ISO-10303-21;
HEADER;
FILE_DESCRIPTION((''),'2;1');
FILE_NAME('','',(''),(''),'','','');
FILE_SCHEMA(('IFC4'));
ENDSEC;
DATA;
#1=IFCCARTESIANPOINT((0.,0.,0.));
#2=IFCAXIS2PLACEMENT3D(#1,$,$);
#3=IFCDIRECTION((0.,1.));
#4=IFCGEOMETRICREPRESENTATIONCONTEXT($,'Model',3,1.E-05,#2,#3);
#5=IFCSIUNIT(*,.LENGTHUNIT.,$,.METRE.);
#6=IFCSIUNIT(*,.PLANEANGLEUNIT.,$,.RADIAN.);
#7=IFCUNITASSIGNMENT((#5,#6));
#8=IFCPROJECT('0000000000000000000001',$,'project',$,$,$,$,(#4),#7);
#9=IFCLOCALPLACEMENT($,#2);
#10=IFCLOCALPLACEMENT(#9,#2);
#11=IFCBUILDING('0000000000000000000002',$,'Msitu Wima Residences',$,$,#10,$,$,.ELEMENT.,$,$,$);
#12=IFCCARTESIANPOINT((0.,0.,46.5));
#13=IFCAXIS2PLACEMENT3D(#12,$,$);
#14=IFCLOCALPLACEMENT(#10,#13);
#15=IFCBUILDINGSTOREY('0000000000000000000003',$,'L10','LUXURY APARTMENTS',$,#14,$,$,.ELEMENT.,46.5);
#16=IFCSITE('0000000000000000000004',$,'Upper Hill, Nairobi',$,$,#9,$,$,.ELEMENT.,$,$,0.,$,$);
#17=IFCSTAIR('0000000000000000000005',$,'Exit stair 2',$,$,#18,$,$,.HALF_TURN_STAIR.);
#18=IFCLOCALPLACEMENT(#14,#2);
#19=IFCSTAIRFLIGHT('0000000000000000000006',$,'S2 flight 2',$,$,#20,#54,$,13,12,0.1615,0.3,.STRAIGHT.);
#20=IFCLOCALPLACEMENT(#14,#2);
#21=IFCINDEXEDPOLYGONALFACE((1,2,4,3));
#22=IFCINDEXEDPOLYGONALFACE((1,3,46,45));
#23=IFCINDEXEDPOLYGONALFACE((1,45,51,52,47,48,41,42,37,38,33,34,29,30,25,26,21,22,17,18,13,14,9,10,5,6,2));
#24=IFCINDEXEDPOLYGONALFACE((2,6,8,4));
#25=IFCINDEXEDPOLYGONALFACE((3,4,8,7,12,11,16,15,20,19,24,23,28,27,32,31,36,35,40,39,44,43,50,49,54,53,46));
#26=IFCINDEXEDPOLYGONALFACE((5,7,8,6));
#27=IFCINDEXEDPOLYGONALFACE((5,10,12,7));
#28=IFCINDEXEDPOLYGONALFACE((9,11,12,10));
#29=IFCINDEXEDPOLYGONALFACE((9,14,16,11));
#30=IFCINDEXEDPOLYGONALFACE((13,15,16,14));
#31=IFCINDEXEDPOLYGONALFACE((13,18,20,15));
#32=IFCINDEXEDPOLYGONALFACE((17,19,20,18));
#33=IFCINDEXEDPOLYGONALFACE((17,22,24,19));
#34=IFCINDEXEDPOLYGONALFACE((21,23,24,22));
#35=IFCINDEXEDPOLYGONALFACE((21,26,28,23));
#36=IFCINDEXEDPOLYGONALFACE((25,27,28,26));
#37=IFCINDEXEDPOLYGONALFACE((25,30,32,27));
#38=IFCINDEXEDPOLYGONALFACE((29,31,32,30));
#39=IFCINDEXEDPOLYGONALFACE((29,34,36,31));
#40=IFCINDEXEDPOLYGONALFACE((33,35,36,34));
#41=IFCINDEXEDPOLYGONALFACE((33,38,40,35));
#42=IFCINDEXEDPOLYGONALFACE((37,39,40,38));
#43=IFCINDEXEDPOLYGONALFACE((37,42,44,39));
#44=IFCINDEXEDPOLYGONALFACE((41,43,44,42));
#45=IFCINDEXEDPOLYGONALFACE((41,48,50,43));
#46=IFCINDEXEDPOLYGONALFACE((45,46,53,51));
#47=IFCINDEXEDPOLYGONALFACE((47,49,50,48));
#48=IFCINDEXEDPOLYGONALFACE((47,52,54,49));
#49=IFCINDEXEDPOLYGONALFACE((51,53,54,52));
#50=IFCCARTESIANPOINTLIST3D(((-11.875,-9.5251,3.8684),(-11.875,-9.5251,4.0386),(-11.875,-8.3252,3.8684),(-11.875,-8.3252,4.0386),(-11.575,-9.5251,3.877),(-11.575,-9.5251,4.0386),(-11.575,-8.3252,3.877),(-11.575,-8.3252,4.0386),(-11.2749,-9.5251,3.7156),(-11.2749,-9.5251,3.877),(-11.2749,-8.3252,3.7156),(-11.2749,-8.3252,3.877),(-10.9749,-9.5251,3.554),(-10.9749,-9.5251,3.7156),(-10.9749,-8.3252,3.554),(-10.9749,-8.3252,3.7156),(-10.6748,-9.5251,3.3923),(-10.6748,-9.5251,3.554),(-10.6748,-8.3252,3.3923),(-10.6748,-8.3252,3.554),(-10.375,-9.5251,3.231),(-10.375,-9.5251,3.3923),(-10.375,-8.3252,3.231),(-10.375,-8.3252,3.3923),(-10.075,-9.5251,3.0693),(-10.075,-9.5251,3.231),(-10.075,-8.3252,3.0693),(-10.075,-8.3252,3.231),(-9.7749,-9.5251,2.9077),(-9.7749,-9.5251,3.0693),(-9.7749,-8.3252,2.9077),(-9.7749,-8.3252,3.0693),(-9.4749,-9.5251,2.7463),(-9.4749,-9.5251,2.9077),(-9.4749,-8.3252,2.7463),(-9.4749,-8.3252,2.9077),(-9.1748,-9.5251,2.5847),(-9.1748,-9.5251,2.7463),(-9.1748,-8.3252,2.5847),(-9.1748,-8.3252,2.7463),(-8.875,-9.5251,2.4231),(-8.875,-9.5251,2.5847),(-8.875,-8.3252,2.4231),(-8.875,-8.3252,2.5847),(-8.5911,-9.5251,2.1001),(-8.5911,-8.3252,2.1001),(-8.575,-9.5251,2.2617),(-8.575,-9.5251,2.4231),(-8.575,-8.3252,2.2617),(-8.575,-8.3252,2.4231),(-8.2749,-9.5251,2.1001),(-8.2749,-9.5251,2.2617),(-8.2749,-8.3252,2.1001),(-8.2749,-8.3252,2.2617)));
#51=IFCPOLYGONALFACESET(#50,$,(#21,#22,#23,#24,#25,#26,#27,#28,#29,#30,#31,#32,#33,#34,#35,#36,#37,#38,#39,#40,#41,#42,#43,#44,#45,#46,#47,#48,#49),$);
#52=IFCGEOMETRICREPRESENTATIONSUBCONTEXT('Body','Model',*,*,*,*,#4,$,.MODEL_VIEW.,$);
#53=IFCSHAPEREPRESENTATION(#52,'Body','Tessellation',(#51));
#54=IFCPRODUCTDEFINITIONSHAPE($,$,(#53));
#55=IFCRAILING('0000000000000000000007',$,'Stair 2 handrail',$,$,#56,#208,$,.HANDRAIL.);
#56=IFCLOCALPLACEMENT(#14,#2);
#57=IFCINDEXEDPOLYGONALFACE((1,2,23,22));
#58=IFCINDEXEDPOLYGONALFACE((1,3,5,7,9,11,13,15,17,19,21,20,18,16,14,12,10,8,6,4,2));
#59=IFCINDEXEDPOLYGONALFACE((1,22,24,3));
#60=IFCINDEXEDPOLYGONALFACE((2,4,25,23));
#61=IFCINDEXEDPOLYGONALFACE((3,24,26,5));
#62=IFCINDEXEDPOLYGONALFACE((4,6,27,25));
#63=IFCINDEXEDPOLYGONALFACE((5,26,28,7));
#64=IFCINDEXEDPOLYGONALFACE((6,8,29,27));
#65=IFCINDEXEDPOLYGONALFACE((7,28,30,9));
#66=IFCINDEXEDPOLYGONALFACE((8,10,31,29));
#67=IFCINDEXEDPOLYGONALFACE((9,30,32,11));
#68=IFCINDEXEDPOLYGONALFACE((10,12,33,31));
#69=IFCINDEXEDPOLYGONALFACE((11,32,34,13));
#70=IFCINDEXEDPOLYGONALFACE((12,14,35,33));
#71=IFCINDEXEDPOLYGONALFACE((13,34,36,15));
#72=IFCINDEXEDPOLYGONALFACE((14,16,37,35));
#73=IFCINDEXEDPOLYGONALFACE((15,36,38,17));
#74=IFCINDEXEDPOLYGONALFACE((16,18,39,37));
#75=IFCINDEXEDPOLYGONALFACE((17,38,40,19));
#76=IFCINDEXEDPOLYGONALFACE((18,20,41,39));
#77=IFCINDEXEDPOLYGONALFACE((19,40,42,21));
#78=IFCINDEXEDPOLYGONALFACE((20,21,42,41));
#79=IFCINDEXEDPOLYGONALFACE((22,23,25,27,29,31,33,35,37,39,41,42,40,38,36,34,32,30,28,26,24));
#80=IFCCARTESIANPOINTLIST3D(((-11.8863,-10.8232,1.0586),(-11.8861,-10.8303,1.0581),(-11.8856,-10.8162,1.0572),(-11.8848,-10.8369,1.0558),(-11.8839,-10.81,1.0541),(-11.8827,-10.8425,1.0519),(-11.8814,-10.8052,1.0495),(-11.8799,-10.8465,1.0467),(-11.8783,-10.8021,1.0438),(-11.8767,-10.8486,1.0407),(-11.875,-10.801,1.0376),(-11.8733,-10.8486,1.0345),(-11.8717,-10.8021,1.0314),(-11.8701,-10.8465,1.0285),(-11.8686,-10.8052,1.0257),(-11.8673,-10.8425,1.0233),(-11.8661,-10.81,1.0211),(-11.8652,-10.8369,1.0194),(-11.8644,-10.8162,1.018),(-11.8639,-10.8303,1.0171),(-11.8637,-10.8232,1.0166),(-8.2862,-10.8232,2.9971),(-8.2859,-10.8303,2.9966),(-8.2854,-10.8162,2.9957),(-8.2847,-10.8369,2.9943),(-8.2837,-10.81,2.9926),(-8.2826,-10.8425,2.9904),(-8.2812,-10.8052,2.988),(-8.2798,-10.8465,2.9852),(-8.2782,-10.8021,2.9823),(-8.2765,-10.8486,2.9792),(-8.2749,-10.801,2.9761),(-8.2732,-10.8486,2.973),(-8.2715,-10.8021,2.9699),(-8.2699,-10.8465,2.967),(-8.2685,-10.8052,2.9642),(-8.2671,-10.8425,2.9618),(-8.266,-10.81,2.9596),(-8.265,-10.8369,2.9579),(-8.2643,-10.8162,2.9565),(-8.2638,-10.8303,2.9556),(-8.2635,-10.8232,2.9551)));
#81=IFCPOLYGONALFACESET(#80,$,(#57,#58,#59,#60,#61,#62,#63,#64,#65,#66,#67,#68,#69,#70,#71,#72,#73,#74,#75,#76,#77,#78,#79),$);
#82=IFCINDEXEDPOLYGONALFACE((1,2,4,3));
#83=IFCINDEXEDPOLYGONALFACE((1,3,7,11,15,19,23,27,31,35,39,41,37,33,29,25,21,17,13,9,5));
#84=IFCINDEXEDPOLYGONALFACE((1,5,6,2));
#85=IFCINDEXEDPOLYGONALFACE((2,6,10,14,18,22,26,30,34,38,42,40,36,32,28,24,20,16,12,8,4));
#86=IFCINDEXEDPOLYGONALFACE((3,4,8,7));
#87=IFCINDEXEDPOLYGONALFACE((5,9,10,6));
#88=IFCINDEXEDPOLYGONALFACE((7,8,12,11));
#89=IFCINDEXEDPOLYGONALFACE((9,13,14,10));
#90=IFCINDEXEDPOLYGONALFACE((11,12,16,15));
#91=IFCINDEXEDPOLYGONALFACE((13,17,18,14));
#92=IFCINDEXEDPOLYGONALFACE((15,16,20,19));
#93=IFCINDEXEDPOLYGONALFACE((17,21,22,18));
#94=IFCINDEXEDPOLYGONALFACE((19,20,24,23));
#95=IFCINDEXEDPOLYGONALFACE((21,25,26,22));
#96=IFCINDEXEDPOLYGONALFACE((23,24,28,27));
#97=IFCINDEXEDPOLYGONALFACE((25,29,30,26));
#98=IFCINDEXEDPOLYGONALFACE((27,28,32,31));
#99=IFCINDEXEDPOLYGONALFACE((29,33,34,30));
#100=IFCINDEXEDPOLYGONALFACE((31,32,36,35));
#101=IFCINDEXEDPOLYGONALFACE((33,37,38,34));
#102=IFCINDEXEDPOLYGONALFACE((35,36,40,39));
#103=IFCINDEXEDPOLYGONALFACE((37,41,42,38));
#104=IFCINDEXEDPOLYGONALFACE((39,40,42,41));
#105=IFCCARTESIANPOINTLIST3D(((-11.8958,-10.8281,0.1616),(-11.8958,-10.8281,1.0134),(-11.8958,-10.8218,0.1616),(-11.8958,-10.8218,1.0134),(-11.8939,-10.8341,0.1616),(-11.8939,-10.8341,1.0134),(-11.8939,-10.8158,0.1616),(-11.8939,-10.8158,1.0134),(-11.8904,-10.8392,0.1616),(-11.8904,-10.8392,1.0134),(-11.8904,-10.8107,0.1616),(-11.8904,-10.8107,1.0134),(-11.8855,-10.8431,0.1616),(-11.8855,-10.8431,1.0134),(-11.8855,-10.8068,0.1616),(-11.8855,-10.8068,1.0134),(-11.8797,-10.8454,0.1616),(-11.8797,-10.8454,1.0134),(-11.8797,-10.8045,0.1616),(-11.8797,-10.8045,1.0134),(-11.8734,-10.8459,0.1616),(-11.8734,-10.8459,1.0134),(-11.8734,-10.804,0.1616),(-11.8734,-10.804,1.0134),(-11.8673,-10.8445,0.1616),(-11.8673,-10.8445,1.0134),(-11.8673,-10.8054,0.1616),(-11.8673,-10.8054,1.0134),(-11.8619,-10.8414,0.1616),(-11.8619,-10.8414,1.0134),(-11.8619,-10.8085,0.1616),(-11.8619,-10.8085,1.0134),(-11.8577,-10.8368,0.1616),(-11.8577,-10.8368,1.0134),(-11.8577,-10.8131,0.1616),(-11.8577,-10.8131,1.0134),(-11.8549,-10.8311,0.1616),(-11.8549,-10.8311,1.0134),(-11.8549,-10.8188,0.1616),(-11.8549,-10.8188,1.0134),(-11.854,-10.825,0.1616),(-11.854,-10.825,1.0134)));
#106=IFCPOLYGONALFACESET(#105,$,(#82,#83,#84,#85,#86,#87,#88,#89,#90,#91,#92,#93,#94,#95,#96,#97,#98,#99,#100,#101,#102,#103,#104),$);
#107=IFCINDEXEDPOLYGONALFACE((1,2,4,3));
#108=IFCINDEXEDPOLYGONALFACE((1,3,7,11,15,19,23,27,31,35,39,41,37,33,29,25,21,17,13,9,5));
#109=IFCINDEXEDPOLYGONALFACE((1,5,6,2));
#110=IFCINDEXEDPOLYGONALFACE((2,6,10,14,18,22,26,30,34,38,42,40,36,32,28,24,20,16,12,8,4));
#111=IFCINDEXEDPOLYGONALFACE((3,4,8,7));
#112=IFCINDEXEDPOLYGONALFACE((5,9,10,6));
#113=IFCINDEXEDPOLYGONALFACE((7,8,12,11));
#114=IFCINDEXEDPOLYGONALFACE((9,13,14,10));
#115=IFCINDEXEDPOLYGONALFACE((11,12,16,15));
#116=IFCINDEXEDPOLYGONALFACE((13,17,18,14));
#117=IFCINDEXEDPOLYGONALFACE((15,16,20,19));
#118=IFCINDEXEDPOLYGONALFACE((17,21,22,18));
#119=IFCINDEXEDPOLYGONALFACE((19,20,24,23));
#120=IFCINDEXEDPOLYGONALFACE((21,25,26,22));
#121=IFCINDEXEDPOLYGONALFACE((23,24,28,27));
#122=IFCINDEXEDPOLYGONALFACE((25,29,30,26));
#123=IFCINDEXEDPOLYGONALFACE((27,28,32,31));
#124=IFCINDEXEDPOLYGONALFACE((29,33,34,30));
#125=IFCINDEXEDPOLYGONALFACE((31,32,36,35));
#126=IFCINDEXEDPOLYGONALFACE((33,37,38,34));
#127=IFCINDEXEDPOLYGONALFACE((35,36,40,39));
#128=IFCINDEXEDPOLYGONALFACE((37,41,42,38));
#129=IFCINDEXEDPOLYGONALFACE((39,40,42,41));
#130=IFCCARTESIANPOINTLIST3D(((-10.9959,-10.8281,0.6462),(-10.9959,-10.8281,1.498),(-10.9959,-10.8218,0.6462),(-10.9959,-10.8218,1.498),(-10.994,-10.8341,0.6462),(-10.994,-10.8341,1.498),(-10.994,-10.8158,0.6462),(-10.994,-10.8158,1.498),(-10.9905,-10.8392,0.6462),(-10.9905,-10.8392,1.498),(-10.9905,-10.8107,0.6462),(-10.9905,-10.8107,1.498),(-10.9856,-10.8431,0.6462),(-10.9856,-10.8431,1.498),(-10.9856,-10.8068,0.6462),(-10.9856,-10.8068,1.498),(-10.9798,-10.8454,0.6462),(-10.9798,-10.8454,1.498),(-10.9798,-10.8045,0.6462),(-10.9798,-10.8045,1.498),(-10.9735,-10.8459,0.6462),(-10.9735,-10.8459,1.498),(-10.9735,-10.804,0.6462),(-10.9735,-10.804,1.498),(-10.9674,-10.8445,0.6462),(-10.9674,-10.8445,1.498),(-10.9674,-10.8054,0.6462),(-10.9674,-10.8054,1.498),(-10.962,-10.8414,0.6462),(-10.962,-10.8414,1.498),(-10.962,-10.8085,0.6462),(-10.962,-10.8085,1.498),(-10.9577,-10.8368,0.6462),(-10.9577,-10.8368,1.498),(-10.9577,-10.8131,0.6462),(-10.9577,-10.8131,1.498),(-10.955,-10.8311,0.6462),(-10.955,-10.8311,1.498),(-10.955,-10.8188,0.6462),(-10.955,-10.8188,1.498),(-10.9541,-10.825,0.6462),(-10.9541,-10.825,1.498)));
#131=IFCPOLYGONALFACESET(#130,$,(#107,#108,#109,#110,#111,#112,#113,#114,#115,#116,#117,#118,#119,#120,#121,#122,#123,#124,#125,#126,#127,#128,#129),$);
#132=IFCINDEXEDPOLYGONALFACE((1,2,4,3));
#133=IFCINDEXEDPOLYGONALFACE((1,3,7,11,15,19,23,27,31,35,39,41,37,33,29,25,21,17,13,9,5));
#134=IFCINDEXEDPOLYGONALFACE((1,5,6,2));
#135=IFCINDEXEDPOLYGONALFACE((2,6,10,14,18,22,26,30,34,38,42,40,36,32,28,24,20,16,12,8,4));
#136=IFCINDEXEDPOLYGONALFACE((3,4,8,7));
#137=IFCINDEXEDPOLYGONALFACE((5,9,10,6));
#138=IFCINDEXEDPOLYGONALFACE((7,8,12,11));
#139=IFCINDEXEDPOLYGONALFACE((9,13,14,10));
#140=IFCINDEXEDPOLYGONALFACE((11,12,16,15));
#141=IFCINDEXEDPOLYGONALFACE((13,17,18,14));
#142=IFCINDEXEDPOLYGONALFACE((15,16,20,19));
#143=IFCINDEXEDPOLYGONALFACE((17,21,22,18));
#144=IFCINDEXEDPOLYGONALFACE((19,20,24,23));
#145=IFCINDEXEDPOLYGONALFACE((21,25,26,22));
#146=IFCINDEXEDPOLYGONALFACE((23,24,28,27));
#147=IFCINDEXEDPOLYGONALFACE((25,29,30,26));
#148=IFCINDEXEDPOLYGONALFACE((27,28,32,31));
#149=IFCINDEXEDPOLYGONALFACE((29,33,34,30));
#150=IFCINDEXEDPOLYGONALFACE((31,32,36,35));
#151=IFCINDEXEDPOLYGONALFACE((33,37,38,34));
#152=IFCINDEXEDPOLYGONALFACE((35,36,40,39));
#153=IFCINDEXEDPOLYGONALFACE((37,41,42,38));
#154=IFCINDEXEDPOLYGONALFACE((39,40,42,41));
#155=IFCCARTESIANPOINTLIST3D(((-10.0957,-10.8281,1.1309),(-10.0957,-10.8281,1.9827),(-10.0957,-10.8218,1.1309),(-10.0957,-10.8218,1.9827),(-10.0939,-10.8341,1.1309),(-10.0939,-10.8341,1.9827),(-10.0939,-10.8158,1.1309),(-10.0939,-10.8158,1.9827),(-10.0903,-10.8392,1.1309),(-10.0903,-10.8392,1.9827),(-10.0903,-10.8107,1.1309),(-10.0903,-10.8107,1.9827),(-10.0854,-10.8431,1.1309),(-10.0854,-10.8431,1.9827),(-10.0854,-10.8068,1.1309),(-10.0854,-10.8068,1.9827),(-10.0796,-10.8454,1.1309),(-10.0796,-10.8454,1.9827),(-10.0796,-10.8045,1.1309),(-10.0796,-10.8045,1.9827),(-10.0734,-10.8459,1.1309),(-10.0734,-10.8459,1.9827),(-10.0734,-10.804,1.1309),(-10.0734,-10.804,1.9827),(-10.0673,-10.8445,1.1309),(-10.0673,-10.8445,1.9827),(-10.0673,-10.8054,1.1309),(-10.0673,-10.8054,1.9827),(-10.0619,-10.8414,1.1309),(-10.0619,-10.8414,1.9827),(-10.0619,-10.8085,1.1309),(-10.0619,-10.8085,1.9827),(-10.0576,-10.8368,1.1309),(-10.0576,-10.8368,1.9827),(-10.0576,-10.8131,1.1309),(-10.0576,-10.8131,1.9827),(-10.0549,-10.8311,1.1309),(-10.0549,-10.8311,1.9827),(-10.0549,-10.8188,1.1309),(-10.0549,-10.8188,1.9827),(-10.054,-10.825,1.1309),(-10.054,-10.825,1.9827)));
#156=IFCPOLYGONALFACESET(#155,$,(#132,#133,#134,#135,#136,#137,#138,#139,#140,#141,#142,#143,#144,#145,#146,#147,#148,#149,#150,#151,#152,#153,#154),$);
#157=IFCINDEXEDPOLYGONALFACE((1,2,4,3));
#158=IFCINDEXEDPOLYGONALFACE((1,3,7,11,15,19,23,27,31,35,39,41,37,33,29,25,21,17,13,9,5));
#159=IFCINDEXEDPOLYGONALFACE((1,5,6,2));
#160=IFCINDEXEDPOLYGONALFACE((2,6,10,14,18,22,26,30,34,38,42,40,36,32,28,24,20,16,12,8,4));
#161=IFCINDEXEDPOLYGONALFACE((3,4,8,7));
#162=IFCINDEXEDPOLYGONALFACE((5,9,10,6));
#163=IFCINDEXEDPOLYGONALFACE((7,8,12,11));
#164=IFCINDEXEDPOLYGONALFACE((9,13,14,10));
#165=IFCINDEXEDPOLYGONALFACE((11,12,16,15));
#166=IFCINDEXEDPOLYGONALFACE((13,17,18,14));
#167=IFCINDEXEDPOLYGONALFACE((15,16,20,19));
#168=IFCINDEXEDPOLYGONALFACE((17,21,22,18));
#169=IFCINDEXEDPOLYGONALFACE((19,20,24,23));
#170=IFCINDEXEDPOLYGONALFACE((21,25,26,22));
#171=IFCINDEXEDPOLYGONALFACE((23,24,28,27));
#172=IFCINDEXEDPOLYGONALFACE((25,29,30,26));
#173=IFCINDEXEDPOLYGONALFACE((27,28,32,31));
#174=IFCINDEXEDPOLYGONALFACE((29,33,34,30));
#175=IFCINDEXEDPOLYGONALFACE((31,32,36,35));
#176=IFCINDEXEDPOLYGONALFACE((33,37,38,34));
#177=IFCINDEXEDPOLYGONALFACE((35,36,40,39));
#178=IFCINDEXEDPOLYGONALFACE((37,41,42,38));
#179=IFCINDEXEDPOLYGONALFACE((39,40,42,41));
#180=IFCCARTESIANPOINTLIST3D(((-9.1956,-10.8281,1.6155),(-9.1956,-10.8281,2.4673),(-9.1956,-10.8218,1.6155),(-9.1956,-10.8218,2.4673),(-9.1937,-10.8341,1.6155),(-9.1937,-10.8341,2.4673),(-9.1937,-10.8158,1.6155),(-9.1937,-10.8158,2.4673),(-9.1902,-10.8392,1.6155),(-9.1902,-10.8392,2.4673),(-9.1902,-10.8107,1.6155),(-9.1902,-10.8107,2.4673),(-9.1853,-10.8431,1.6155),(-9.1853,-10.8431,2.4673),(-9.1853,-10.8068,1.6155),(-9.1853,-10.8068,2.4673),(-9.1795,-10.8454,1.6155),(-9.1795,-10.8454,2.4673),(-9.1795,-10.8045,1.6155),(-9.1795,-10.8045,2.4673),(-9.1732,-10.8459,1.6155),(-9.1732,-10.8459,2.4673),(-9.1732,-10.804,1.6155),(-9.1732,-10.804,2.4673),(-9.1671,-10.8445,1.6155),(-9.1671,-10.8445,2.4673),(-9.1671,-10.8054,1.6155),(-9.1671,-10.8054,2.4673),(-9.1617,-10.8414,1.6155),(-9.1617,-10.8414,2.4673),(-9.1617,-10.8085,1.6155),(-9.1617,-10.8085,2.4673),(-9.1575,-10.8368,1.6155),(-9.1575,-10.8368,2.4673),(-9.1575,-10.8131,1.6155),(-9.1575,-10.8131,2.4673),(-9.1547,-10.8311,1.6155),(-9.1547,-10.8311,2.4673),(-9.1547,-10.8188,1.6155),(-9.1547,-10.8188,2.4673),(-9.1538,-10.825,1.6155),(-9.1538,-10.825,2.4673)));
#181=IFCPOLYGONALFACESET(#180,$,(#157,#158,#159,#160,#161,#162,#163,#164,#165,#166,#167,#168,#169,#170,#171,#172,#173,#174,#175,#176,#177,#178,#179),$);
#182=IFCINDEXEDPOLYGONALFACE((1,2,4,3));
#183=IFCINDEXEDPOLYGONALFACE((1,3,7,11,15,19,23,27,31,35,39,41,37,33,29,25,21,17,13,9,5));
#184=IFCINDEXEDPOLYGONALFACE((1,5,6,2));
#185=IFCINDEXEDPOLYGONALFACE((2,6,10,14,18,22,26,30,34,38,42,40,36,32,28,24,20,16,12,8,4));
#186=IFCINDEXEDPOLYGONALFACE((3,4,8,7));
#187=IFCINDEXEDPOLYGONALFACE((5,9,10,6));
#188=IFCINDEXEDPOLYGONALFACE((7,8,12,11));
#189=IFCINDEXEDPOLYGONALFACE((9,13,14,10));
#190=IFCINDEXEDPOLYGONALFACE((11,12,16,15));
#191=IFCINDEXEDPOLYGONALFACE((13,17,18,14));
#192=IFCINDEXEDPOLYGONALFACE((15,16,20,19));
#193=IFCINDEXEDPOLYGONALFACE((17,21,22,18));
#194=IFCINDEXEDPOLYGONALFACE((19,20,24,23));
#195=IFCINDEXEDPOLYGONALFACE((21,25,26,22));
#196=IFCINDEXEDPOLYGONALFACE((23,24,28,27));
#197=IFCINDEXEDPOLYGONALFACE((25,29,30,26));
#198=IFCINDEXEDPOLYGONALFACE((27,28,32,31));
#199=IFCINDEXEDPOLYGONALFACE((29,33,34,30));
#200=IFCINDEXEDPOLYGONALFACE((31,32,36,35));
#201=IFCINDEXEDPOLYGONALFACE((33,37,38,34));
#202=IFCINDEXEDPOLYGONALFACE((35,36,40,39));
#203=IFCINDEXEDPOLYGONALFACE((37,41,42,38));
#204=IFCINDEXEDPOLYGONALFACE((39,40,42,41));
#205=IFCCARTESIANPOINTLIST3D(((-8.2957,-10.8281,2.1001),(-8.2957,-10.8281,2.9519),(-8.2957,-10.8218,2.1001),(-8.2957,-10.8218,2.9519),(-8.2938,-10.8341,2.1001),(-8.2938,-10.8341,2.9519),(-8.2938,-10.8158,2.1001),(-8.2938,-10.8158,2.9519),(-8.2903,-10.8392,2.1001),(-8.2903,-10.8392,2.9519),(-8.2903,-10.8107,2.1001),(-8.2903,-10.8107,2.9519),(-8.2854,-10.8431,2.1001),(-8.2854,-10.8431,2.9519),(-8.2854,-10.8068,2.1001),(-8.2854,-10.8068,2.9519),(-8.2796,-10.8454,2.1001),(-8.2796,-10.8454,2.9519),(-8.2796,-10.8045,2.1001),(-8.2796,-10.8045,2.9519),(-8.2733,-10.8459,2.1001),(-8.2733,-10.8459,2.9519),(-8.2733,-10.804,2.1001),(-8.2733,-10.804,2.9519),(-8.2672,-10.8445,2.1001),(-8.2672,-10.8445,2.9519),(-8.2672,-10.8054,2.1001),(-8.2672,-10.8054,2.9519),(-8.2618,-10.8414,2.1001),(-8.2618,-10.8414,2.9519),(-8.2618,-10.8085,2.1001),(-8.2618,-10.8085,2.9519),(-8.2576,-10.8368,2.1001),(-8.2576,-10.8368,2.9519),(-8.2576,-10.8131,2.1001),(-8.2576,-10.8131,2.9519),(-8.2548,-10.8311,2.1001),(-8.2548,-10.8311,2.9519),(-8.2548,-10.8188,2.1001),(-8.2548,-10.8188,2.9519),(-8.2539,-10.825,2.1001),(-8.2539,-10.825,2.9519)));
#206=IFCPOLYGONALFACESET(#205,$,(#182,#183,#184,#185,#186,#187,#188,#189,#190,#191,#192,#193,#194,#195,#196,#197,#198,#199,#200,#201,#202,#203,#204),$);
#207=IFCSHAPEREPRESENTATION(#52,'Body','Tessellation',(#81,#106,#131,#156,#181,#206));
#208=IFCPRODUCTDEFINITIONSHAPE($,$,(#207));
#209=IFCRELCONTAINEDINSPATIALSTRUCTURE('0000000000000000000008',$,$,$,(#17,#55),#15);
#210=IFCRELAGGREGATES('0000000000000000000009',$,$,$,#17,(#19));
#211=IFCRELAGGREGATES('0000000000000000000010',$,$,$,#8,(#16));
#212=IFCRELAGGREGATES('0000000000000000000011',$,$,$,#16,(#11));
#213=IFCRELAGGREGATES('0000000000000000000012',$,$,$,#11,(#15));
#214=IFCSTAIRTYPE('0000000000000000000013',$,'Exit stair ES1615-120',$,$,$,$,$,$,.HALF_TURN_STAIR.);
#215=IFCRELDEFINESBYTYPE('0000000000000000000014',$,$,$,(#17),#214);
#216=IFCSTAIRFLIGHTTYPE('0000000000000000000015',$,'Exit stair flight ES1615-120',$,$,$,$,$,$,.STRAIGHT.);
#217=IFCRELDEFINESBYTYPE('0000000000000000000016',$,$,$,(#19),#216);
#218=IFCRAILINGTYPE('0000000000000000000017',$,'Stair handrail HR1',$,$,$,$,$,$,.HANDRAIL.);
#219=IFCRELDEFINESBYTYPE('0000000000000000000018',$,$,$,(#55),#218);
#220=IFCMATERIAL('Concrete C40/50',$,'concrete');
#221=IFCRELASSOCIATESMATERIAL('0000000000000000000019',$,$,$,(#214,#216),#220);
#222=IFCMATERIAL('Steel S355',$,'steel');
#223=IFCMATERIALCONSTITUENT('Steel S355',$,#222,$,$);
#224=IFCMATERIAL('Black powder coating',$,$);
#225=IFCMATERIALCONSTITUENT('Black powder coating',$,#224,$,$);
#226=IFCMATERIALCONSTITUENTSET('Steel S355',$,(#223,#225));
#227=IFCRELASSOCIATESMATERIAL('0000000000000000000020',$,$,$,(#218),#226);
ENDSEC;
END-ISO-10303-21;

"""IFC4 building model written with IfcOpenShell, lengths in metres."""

from ifc_helpers import new_model, si_unit, direction, frame, origin, origin_2d, place, context, subcontext, project, spatial, polyline, circle, outline, extrude, material, constituent, constituent_set, type_object, element, aggregate, save


model = new_model("IFC4")

# Units and contexts
model_context = context("Model", 3, precision=1e-05, world=origin(), true_north=direction((0.0, 1.0)))
body_context = subcontext(model_context, "Body", "Model", "MODEL_VIEW")
ifc_project = project(units=[si_unit("LENGTHUNIT", "METRE"), si_unit("PLANEANGLEUNIT", "RADIAN")], contexts=[model_context])

# Site, building, storey
site_placement = place(None, origin())
site = spatial("IfcSite", under=ifc_project, at=site_placement, Name="Upper Hill, Nairobi", CompositionType="ELEMENT", RefElevation=0.0)
building_placement = place(site_placement, origin())
building = spatial("IfcBuilding", under=site, at=building_placement, Name="Msitu Wima Residences", CompositionType="ELEMENT")
storey_placement = place(building_placement, frame((0.0, 0.0, 46.5)))
storey = spatial("IfcBuildingStorey", under=building, at=storey_placement, Name="L10", Description="LUXURY APARTMENTS", CompositionType="ELEMENT", Elevation=46.5)

# Stair, stair flight
ifc_material_1 = material(Name="Concrete C40/50", Category="concrete")
stair_type = type_object("IfcStairType", Name="Exit stair ES1615-120", PredefinedType="HALF_TURN_STAIR", material=ifc_material_1)
stair_placement = place(storey_placement, origin())
stair = element("IfcStair", 1, at=stair_placement, inside=storey, type_object=stair_type, Name="Exit stair 2", PredefinedType="HALF_TURN_STAIR")
stair_flight_type = type_object("IfcStairFlightType", Name="Exit stair flight ES1615-120", PredefinedType="STRAIGHT", material=ifc_material_1)
stair_flight_1_placement = place(storey_placement, frame((-8.2749, -8.925, 2.1001), z_axis=(0.0, 0.0, 1.0), x_axis=(-1.0, 0.0, 0.0)))
stair_flight_1 = element("IfcStairFlight", 2, at=stair_flight_1_placement, type_object=stair_flight_type, Name="S2 flight 2", NumberOfRisers=13, NumberOfTreads=12, PredefinedType="STRAIGHT", RiserHeight=0.1615, TreadLength=0.3, context=body_context, shape_type="SweptSolid", body=[
    extrude(outline(polyline([(0.0, 0.0), (0.0, 0.1616), (0.3, 0.1616), (0.3, 0.323), (0.6001, 0.323), (0.6001, 0.4846), (0.8999, 0.4846), (0.8999, 0.6462), (1.2, 0.6462), (1.2, 0.8076), (1.5, 0.8076), (1.5, 0.9692), (1.8, 0.9692), (1.8, 1.1309), (2.1001, 1.1309), (2.1001, 1.2922), (2.3999, 1.2922), (2.3999, 1.4539), (2.7, 1.4539), (2.7, 1.6155), (3.0, 1.6155), (3.0, 1.7769), (3.3, 1.7769), (3.3, 1.9385), (3.6001, 1.9385), (3.6001, 2.1001), (3.6001, 1.7683), (0.3162, 0.0), (0.0, 0.0)])), frame((0.0, 0.6001, 0.0), z_axis=(0.0, -1.0, 0.0), x_axis=(1.0, 0.0, 0.0)), (0.0, 0.0, 1.0), 1.2),
])
aggregate(stair, [stair_flight_1])

# Railing
ifc_material_2 = material(Name="Steel S355", Category="steel")
ifc_constituent_1 = constituent(ifc_material_2, Name="Steel S355")
ifc_material_3 = material(Name="Black powder coating")
ifc_constituent_2 = constituent(ifc_material_3, Name="Black powder coating")
ifc_constituent_set = constituent_set(constituents=[ifc_constituent_1, ifc_constituent_2], Name="Steel S355")
railing_type = type_object("IfcRailingType", Name="Stair handrail HR1", PredefinedType="HANDRAIL", material=ifc_constituent_set)
for number, where, name in (
    (3, (-11.875, -10.825, 0.1616), "Stair 2 handrail"),
):
    element("IfcRailing", number, at=place(storey_placement, frame(where)), inside=storey, type_object=railing_type, Name=name, PredefinedType="HANDRAIL", context=body_context, shape_type="SweptSolid", body=[
        extrude(circle(Radius=0.0239, at=origin_2d()), frame((0.0, 0.0, 0.876), z_axis=(0.880475, 0.0, 0.474093), x_axis=(0.0, 1.0, 0.0)), (0.0, 0.0, 1.0), 4.0889),
        extrude(circle(Radius=0.021, at=origin_2d()), origin(), (0.0, 0.0, 1.0), 0.8518),
        extrude(circle(Radius=0.021, at=origin_2d()), frame((0.8999, 0.0, 0.4846)), (0.0, 0.0, 1.0), 0.8518),
        extrude(circle(Radius=0.021, at=origin_2d()), frame((1.8, 0.0, 0.9692)), (0.0, 0.0, 1.0), 0.8518),
        extrude(circle(Radius=0.021, at=origin_2d()), frame((2.7002, 0.0, 1.4539)), (0.0, 0.0, 1.0), 0.8518),
        extrude(circle(Radius=0.021, at=origin_2d()), frame((3.6001, 0.0, 1.9385)), (0.0, 0.0, 1.0), 0.8518),
    ])

save(model, "model.ifc")
